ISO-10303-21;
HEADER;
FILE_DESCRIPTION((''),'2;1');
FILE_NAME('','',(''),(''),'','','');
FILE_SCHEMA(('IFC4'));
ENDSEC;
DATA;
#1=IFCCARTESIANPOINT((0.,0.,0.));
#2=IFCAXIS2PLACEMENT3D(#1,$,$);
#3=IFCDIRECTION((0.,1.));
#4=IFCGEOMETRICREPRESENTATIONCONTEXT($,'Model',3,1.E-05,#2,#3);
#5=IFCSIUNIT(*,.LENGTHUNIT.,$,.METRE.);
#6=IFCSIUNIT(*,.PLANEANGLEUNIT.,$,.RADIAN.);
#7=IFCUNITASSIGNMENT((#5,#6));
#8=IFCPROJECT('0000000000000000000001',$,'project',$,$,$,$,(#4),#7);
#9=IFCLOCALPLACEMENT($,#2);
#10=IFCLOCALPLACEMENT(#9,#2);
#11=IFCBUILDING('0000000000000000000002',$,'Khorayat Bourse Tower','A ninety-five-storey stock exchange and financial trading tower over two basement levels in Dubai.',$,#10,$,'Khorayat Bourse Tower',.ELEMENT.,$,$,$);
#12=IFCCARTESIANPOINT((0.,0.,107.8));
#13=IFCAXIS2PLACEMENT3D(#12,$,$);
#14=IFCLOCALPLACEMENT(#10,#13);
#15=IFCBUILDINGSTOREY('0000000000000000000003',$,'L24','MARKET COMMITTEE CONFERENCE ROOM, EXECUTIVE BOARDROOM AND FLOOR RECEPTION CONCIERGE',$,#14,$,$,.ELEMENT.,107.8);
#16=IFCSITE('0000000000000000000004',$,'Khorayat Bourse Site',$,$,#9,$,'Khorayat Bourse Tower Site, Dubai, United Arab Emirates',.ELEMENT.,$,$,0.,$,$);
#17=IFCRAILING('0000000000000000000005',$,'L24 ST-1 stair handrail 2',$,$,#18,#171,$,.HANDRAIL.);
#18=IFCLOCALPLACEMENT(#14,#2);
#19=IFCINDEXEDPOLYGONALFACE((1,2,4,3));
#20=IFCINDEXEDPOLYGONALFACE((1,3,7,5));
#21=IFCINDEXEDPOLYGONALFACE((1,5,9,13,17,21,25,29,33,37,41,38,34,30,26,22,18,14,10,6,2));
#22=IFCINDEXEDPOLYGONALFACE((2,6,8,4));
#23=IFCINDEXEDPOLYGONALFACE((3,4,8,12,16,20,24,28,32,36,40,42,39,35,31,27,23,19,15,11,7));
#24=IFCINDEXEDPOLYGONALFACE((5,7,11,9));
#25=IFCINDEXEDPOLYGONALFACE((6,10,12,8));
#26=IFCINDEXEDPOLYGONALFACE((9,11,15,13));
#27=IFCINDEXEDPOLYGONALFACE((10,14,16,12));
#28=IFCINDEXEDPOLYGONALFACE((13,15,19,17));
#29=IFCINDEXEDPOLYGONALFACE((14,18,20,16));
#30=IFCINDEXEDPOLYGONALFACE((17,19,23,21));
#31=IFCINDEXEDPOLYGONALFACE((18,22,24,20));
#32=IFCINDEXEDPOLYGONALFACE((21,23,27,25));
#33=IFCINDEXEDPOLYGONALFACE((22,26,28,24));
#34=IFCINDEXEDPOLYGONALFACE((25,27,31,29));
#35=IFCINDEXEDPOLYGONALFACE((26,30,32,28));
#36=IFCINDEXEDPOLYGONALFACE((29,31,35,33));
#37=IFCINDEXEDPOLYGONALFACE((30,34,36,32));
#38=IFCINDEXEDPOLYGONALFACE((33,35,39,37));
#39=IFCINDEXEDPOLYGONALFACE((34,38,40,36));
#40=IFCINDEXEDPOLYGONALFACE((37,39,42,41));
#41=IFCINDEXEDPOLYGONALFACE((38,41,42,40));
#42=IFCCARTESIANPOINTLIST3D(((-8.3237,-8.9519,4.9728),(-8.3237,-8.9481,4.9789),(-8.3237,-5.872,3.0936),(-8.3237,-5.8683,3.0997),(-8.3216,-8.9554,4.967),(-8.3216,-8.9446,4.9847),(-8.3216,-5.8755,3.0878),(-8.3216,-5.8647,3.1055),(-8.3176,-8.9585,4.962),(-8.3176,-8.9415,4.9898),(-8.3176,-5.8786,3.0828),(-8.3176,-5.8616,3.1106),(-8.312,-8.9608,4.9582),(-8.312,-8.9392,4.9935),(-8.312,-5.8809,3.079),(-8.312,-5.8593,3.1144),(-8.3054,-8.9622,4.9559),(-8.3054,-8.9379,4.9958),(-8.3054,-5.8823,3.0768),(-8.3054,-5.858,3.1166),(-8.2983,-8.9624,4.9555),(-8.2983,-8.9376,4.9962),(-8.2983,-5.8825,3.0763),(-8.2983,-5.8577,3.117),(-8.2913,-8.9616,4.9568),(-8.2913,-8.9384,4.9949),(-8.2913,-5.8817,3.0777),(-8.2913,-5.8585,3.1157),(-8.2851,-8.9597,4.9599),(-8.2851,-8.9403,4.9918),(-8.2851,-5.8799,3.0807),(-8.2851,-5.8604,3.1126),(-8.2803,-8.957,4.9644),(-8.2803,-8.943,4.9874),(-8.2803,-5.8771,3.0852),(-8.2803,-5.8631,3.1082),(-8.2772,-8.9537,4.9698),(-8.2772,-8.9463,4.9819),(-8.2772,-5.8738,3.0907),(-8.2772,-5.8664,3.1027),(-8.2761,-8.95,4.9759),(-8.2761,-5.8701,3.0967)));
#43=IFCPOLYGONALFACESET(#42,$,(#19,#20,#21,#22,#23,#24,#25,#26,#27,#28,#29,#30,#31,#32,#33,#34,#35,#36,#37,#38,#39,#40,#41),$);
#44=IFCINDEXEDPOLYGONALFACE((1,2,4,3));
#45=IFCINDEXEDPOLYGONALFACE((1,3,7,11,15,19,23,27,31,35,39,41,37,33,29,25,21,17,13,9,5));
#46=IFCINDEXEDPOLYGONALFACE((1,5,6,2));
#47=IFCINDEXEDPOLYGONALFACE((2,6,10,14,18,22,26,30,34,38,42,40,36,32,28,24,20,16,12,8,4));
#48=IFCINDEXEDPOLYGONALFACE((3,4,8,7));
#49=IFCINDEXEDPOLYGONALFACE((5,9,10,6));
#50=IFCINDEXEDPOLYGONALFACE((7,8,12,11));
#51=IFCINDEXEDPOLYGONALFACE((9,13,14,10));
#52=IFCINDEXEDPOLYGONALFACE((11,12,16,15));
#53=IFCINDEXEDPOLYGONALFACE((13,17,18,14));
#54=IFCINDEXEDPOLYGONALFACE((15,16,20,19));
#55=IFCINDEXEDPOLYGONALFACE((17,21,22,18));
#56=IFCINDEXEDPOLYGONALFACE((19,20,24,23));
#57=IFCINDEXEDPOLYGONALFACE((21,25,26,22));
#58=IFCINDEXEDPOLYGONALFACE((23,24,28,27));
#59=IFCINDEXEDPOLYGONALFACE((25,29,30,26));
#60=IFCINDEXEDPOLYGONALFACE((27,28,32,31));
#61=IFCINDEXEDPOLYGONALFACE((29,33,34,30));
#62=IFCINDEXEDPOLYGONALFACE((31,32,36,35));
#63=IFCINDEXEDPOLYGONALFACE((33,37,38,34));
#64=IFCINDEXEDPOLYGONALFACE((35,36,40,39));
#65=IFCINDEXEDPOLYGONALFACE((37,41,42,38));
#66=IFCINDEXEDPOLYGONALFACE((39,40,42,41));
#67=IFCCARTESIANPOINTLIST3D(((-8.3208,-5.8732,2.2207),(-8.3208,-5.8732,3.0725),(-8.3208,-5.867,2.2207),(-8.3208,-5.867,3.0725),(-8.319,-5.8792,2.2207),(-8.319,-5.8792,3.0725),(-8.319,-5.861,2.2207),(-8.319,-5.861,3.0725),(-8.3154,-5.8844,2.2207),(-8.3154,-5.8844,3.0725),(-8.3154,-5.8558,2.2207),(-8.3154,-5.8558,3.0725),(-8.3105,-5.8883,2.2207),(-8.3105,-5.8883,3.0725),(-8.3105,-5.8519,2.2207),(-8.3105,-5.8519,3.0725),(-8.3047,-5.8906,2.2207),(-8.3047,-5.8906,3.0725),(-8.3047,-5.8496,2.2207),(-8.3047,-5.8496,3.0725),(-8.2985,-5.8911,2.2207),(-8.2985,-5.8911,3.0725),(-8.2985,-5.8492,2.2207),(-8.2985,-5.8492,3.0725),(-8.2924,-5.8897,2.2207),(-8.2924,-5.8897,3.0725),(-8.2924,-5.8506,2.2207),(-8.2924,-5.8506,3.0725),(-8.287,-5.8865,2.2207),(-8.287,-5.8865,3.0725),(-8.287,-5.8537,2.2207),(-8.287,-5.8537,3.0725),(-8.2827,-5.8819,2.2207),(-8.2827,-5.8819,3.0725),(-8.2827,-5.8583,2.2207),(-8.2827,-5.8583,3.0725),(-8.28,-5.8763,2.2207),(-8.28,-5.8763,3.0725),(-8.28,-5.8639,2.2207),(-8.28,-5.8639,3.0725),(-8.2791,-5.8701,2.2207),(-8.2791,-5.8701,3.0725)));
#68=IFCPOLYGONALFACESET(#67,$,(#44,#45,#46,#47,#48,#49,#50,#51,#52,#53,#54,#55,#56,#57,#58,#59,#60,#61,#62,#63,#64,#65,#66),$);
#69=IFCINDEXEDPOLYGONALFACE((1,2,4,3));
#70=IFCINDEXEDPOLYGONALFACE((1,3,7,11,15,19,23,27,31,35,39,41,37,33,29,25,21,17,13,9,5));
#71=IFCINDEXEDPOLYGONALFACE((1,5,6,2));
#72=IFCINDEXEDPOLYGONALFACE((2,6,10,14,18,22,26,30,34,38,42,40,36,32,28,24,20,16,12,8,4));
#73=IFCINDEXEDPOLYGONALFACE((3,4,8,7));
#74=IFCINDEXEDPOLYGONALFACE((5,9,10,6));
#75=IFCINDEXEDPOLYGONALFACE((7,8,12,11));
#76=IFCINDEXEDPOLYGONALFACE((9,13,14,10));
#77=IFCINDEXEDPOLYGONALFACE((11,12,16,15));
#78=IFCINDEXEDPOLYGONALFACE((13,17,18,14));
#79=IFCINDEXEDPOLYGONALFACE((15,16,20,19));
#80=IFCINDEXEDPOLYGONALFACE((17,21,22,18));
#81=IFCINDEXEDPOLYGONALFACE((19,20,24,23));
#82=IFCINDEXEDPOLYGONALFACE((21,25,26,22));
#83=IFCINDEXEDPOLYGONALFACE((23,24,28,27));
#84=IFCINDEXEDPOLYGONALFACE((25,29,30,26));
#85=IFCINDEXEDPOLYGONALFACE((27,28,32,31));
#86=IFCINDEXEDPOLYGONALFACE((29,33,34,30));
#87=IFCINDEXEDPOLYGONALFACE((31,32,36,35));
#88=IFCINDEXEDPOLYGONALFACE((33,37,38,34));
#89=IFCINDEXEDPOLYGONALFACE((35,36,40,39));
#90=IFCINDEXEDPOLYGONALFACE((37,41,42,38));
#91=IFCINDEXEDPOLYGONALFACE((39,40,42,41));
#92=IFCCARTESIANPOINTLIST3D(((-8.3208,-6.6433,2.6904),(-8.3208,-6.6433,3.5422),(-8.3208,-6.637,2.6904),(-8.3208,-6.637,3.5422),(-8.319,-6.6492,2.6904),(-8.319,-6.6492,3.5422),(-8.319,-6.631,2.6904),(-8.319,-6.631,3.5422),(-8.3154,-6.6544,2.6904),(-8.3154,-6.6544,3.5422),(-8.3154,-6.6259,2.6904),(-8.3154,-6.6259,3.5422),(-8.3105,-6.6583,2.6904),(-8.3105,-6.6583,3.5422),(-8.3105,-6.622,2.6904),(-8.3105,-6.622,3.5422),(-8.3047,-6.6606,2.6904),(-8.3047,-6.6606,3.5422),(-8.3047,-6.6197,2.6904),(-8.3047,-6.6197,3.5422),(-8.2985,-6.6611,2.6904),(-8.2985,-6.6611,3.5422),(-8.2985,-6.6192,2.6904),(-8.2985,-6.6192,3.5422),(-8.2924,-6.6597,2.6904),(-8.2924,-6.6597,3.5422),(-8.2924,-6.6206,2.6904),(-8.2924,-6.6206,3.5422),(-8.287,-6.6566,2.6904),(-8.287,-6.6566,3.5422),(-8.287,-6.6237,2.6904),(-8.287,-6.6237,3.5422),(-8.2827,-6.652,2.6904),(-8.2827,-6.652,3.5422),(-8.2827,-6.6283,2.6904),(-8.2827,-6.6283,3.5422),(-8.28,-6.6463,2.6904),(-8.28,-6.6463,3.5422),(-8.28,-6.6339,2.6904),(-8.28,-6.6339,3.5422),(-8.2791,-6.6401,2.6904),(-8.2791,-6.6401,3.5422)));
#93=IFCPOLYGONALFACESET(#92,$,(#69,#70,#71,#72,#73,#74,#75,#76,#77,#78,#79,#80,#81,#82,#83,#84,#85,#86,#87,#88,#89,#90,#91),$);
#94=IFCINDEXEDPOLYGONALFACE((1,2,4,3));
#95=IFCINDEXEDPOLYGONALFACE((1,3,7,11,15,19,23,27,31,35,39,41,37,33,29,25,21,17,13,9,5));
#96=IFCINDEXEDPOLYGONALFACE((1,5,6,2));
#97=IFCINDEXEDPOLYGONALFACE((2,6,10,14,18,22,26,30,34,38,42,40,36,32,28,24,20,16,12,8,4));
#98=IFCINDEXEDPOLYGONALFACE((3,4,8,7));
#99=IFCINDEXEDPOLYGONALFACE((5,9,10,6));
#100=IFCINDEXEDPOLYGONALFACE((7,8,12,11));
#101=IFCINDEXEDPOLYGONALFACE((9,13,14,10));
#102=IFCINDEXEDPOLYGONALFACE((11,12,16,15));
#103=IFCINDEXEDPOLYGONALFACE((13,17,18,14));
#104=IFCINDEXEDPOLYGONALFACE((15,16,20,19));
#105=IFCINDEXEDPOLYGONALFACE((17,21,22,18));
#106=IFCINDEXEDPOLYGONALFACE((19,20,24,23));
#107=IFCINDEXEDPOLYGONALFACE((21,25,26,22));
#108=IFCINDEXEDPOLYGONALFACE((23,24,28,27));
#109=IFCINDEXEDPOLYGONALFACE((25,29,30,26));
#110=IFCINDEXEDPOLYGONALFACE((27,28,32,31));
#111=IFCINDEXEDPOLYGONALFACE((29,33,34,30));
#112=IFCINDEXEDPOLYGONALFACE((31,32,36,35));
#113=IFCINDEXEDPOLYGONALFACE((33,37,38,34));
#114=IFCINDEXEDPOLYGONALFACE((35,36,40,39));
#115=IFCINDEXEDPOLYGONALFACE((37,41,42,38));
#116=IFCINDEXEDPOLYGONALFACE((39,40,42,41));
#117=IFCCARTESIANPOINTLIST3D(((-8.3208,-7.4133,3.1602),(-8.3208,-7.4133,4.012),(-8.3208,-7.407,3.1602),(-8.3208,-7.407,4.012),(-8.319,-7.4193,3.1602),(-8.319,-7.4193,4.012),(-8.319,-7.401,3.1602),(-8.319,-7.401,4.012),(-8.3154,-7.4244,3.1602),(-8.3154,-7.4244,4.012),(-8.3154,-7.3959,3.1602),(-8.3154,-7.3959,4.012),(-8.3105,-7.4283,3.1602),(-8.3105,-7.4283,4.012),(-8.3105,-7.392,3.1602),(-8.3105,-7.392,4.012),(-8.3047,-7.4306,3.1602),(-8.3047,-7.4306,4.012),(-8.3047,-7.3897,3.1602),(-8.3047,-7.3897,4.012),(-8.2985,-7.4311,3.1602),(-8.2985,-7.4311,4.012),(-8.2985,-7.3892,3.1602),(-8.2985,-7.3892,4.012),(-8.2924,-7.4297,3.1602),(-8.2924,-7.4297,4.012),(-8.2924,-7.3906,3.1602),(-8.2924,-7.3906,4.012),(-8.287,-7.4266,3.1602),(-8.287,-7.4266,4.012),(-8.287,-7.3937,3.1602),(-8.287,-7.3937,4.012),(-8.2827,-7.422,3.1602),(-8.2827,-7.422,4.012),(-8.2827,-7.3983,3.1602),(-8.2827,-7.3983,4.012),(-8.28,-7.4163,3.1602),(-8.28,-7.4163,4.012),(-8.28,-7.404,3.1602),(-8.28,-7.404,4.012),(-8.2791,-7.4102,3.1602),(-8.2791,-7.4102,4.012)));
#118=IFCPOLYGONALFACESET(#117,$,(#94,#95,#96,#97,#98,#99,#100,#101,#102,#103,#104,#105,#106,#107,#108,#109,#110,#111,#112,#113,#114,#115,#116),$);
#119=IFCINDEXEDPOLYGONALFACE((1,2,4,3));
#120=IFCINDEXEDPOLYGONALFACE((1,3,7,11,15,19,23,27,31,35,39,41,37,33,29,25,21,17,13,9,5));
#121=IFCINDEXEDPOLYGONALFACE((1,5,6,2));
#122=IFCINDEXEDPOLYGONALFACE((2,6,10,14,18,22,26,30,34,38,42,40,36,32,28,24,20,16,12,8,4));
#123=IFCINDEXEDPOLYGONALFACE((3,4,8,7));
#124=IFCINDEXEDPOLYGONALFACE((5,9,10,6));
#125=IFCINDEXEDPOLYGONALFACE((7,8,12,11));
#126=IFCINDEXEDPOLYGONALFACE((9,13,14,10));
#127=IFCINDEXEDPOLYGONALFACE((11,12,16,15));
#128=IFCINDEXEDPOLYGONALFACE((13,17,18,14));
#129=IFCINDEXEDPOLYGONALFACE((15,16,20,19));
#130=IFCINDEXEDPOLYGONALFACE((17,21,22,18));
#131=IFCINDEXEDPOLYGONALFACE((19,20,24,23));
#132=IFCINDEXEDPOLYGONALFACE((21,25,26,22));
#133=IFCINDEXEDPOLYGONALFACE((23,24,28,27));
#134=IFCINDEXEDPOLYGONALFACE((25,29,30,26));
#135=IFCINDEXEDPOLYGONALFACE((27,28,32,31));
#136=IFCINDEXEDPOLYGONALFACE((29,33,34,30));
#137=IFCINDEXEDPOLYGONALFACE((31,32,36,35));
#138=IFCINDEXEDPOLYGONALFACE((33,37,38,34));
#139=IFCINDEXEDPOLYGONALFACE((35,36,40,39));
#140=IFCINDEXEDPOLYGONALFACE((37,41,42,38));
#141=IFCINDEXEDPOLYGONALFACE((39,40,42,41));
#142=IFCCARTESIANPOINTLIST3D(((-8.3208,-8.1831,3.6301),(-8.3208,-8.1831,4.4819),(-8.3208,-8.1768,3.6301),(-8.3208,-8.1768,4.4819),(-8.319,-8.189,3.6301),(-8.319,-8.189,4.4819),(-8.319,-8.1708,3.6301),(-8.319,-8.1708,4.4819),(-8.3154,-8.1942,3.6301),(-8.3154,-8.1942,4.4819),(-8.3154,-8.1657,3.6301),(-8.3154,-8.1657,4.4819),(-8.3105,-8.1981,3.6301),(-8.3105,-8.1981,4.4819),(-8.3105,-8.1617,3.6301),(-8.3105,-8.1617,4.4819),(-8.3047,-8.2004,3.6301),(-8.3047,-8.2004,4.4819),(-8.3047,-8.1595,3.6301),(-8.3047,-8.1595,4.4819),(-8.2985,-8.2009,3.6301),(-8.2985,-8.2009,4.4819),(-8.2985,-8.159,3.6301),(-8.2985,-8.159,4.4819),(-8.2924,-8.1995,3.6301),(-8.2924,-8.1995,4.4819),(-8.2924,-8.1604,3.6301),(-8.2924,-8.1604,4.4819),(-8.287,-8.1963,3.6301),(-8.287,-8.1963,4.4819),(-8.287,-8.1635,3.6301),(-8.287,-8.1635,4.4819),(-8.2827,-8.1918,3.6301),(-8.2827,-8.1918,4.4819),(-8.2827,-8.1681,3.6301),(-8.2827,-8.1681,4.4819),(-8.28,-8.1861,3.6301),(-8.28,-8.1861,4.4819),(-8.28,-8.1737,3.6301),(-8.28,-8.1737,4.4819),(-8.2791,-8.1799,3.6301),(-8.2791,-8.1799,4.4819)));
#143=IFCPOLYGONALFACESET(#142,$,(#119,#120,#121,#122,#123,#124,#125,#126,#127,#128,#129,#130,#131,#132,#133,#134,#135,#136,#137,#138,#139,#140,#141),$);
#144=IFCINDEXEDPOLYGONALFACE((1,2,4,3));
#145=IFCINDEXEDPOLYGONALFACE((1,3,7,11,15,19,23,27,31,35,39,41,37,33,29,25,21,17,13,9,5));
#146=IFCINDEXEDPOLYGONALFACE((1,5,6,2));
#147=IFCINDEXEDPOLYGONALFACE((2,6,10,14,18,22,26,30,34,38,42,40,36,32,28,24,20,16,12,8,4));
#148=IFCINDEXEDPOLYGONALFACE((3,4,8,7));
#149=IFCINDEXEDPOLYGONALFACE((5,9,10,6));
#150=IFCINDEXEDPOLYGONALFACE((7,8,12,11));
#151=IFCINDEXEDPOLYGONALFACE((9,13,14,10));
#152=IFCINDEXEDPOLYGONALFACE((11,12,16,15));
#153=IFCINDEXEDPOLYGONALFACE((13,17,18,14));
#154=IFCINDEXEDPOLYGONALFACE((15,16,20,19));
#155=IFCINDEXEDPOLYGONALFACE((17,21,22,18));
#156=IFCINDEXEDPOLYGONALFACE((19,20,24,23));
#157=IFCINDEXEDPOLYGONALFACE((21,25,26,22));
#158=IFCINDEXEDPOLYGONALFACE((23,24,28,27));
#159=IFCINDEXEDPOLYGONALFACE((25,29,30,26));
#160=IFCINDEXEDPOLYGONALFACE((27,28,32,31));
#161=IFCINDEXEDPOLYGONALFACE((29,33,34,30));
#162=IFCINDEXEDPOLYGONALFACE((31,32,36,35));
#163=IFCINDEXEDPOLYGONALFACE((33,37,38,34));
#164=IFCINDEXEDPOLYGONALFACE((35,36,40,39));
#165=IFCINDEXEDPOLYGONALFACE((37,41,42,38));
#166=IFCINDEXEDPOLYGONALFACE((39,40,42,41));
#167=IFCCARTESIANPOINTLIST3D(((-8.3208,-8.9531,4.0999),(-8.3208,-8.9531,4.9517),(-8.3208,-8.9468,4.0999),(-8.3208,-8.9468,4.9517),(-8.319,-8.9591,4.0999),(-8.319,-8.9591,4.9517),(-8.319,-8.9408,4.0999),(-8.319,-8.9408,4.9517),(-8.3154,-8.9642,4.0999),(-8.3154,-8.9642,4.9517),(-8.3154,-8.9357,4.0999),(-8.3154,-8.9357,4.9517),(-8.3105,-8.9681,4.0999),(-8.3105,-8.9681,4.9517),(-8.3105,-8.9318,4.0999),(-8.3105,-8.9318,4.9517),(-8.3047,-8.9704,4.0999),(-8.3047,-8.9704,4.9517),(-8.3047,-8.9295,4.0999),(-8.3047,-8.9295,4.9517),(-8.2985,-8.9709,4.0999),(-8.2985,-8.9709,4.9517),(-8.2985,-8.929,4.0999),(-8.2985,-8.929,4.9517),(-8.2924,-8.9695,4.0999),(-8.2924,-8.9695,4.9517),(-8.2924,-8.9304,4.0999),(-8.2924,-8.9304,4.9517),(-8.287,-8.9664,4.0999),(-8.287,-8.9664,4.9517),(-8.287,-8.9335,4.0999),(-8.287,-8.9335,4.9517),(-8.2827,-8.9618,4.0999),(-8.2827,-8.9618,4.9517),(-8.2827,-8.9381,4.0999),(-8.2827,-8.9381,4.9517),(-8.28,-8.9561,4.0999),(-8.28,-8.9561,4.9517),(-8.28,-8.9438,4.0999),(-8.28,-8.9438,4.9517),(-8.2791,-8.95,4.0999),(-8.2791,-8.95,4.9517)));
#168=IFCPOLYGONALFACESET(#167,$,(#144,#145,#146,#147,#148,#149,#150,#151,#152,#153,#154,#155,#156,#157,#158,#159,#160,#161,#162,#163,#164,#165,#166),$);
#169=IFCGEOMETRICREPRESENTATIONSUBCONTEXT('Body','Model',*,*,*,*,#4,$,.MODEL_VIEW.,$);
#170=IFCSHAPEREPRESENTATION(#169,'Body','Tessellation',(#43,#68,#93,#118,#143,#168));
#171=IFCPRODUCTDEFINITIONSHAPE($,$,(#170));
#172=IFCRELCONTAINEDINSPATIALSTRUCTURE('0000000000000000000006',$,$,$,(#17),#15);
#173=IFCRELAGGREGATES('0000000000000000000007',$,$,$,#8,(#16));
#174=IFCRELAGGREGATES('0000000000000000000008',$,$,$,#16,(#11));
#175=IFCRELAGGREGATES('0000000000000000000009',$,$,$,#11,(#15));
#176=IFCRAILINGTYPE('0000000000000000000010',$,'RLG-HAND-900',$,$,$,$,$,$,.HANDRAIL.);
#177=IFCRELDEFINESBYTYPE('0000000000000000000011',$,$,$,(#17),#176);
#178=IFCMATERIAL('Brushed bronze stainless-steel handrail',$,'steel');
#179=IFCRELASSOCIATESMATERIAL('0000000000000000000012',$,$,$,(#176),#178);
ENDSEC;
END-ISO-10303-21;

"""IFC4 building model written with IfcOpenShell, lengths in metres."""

from ifc_helpers import new_model, si_unit, direction, frame, origin, origin_2d, place, context, subcontext, project, spatial, circle, extrude, source, transform, mapped, material, type_object, element, save


model = new_model("IFC4")

# Units and contexts
model_context = context("Model", 3, precision=1e-05, world=origin(), true_north=direction((0.0, 1.0)))
body_context = subcontext(model_context, "Body", "Model", "MODEL_VIEW")
ifc_project = project(units=[si_unit("LENGTHUNIT", "METRE"), si_unit("PLANEANGLEUNIT", "RADIAN")], contexts=[model_context])

# Site, building, storey
site_placement = place(None, origin())
site = spatial("IfcSite", under=ifc_project, at=site_placement, Name="Khorayat Bourse Site", LongName="Khorayat Bourse Tower Site, Dubai, United Arab Emirates", CompositionType="ELEMENT", RefElevation=0.0)
building_placement = place(site_placement, origin())
building = spatial("IfcBuilding", under=site, at=building_placement, Name="Khorayat Bourse Tower", Description="A ninety-five-storey stock exchange and financial trading tower over two basement levels in Dubai.", LongName="Khorayat Bourse Tower", CompositionType="ELEMENT")
storey_placement = place(building_placement, frame((0.0, 0.0, 107.8)))
storey = spatial("IfcBuildingStorey", under=building, at=storey_placement, Name="L24", Description="MARKET COMMITTEE CONFERENCE ROOM, EXECUTIVE BOARDROOM AND FLOOR RECEPTION CONCIERGE", CompositionType="ELEMENT", Elevation=107.8)

# Railing
ifc_material_1 = material(Name="Brushed bronze stainless-steel handrail", Category="steel")
railing_type_1 = type_object("IfcRailingType", Name="RLG-HAND-900", PredefinedType="HANDRAIL", material=ifc_material_1)
shared_shape_1 = source(origin(), body_context, "Body", "SweptSolid", [
    extrude(circle(Radius=0.0239, at=origin_2d()), frame((0.0, 0.0, 0.876), z_axis=(0.0, -0.853648, 0.52085), x_axis=(1.0, 0.0, 0.0)), (0.0, 0.0, 1.0), 3.6079),
    extrude(circle(Radius=0.021, at=origin_2d()), origin(), (0.0, 0.0, 1.0), 0.8518),
    extrude(circle(Radius=0.021, at=origin_2d()), frame((0.0, -0.77, 0.4697)), (0.0, 0.0, 1.0), 0.8518),
    extrude(circle(Radius=0.021, at=origin_2d()), frame((0.0, -1.54, 0.9395)), (0.0, 0.0, 1.0), 0.8518),
    extrude(circle(Radius=0.021, at=origin_2d()), frame((0.0, -2.3098, 1.4094)), (0.0, 0.0, 1.0), 0.8518),
    extrude(circle(Radius=0.021, at=origin_2d()), frame((0.0, -3.0798, 1.8792)), (0.0, 0.0, 1.0), 0.8518),
])
railing_1_placement = place(storey_placement, frame((-8.3, -5.8701, 2.2207)))
element("IfcRailing", 1, at=railing_1_placement, inside=storey, type_object=railing_type_1, Name="L24 ST-1 stair handrail 2", PredefinedType="HANDRAIL", context=body_context, shape_type="MappedRepresentation", body=[
    mapped(shared_shape_1, transform((0.0, 0.0, 0.0), scale=1.0)),
])

save(model, "model.ifc")
